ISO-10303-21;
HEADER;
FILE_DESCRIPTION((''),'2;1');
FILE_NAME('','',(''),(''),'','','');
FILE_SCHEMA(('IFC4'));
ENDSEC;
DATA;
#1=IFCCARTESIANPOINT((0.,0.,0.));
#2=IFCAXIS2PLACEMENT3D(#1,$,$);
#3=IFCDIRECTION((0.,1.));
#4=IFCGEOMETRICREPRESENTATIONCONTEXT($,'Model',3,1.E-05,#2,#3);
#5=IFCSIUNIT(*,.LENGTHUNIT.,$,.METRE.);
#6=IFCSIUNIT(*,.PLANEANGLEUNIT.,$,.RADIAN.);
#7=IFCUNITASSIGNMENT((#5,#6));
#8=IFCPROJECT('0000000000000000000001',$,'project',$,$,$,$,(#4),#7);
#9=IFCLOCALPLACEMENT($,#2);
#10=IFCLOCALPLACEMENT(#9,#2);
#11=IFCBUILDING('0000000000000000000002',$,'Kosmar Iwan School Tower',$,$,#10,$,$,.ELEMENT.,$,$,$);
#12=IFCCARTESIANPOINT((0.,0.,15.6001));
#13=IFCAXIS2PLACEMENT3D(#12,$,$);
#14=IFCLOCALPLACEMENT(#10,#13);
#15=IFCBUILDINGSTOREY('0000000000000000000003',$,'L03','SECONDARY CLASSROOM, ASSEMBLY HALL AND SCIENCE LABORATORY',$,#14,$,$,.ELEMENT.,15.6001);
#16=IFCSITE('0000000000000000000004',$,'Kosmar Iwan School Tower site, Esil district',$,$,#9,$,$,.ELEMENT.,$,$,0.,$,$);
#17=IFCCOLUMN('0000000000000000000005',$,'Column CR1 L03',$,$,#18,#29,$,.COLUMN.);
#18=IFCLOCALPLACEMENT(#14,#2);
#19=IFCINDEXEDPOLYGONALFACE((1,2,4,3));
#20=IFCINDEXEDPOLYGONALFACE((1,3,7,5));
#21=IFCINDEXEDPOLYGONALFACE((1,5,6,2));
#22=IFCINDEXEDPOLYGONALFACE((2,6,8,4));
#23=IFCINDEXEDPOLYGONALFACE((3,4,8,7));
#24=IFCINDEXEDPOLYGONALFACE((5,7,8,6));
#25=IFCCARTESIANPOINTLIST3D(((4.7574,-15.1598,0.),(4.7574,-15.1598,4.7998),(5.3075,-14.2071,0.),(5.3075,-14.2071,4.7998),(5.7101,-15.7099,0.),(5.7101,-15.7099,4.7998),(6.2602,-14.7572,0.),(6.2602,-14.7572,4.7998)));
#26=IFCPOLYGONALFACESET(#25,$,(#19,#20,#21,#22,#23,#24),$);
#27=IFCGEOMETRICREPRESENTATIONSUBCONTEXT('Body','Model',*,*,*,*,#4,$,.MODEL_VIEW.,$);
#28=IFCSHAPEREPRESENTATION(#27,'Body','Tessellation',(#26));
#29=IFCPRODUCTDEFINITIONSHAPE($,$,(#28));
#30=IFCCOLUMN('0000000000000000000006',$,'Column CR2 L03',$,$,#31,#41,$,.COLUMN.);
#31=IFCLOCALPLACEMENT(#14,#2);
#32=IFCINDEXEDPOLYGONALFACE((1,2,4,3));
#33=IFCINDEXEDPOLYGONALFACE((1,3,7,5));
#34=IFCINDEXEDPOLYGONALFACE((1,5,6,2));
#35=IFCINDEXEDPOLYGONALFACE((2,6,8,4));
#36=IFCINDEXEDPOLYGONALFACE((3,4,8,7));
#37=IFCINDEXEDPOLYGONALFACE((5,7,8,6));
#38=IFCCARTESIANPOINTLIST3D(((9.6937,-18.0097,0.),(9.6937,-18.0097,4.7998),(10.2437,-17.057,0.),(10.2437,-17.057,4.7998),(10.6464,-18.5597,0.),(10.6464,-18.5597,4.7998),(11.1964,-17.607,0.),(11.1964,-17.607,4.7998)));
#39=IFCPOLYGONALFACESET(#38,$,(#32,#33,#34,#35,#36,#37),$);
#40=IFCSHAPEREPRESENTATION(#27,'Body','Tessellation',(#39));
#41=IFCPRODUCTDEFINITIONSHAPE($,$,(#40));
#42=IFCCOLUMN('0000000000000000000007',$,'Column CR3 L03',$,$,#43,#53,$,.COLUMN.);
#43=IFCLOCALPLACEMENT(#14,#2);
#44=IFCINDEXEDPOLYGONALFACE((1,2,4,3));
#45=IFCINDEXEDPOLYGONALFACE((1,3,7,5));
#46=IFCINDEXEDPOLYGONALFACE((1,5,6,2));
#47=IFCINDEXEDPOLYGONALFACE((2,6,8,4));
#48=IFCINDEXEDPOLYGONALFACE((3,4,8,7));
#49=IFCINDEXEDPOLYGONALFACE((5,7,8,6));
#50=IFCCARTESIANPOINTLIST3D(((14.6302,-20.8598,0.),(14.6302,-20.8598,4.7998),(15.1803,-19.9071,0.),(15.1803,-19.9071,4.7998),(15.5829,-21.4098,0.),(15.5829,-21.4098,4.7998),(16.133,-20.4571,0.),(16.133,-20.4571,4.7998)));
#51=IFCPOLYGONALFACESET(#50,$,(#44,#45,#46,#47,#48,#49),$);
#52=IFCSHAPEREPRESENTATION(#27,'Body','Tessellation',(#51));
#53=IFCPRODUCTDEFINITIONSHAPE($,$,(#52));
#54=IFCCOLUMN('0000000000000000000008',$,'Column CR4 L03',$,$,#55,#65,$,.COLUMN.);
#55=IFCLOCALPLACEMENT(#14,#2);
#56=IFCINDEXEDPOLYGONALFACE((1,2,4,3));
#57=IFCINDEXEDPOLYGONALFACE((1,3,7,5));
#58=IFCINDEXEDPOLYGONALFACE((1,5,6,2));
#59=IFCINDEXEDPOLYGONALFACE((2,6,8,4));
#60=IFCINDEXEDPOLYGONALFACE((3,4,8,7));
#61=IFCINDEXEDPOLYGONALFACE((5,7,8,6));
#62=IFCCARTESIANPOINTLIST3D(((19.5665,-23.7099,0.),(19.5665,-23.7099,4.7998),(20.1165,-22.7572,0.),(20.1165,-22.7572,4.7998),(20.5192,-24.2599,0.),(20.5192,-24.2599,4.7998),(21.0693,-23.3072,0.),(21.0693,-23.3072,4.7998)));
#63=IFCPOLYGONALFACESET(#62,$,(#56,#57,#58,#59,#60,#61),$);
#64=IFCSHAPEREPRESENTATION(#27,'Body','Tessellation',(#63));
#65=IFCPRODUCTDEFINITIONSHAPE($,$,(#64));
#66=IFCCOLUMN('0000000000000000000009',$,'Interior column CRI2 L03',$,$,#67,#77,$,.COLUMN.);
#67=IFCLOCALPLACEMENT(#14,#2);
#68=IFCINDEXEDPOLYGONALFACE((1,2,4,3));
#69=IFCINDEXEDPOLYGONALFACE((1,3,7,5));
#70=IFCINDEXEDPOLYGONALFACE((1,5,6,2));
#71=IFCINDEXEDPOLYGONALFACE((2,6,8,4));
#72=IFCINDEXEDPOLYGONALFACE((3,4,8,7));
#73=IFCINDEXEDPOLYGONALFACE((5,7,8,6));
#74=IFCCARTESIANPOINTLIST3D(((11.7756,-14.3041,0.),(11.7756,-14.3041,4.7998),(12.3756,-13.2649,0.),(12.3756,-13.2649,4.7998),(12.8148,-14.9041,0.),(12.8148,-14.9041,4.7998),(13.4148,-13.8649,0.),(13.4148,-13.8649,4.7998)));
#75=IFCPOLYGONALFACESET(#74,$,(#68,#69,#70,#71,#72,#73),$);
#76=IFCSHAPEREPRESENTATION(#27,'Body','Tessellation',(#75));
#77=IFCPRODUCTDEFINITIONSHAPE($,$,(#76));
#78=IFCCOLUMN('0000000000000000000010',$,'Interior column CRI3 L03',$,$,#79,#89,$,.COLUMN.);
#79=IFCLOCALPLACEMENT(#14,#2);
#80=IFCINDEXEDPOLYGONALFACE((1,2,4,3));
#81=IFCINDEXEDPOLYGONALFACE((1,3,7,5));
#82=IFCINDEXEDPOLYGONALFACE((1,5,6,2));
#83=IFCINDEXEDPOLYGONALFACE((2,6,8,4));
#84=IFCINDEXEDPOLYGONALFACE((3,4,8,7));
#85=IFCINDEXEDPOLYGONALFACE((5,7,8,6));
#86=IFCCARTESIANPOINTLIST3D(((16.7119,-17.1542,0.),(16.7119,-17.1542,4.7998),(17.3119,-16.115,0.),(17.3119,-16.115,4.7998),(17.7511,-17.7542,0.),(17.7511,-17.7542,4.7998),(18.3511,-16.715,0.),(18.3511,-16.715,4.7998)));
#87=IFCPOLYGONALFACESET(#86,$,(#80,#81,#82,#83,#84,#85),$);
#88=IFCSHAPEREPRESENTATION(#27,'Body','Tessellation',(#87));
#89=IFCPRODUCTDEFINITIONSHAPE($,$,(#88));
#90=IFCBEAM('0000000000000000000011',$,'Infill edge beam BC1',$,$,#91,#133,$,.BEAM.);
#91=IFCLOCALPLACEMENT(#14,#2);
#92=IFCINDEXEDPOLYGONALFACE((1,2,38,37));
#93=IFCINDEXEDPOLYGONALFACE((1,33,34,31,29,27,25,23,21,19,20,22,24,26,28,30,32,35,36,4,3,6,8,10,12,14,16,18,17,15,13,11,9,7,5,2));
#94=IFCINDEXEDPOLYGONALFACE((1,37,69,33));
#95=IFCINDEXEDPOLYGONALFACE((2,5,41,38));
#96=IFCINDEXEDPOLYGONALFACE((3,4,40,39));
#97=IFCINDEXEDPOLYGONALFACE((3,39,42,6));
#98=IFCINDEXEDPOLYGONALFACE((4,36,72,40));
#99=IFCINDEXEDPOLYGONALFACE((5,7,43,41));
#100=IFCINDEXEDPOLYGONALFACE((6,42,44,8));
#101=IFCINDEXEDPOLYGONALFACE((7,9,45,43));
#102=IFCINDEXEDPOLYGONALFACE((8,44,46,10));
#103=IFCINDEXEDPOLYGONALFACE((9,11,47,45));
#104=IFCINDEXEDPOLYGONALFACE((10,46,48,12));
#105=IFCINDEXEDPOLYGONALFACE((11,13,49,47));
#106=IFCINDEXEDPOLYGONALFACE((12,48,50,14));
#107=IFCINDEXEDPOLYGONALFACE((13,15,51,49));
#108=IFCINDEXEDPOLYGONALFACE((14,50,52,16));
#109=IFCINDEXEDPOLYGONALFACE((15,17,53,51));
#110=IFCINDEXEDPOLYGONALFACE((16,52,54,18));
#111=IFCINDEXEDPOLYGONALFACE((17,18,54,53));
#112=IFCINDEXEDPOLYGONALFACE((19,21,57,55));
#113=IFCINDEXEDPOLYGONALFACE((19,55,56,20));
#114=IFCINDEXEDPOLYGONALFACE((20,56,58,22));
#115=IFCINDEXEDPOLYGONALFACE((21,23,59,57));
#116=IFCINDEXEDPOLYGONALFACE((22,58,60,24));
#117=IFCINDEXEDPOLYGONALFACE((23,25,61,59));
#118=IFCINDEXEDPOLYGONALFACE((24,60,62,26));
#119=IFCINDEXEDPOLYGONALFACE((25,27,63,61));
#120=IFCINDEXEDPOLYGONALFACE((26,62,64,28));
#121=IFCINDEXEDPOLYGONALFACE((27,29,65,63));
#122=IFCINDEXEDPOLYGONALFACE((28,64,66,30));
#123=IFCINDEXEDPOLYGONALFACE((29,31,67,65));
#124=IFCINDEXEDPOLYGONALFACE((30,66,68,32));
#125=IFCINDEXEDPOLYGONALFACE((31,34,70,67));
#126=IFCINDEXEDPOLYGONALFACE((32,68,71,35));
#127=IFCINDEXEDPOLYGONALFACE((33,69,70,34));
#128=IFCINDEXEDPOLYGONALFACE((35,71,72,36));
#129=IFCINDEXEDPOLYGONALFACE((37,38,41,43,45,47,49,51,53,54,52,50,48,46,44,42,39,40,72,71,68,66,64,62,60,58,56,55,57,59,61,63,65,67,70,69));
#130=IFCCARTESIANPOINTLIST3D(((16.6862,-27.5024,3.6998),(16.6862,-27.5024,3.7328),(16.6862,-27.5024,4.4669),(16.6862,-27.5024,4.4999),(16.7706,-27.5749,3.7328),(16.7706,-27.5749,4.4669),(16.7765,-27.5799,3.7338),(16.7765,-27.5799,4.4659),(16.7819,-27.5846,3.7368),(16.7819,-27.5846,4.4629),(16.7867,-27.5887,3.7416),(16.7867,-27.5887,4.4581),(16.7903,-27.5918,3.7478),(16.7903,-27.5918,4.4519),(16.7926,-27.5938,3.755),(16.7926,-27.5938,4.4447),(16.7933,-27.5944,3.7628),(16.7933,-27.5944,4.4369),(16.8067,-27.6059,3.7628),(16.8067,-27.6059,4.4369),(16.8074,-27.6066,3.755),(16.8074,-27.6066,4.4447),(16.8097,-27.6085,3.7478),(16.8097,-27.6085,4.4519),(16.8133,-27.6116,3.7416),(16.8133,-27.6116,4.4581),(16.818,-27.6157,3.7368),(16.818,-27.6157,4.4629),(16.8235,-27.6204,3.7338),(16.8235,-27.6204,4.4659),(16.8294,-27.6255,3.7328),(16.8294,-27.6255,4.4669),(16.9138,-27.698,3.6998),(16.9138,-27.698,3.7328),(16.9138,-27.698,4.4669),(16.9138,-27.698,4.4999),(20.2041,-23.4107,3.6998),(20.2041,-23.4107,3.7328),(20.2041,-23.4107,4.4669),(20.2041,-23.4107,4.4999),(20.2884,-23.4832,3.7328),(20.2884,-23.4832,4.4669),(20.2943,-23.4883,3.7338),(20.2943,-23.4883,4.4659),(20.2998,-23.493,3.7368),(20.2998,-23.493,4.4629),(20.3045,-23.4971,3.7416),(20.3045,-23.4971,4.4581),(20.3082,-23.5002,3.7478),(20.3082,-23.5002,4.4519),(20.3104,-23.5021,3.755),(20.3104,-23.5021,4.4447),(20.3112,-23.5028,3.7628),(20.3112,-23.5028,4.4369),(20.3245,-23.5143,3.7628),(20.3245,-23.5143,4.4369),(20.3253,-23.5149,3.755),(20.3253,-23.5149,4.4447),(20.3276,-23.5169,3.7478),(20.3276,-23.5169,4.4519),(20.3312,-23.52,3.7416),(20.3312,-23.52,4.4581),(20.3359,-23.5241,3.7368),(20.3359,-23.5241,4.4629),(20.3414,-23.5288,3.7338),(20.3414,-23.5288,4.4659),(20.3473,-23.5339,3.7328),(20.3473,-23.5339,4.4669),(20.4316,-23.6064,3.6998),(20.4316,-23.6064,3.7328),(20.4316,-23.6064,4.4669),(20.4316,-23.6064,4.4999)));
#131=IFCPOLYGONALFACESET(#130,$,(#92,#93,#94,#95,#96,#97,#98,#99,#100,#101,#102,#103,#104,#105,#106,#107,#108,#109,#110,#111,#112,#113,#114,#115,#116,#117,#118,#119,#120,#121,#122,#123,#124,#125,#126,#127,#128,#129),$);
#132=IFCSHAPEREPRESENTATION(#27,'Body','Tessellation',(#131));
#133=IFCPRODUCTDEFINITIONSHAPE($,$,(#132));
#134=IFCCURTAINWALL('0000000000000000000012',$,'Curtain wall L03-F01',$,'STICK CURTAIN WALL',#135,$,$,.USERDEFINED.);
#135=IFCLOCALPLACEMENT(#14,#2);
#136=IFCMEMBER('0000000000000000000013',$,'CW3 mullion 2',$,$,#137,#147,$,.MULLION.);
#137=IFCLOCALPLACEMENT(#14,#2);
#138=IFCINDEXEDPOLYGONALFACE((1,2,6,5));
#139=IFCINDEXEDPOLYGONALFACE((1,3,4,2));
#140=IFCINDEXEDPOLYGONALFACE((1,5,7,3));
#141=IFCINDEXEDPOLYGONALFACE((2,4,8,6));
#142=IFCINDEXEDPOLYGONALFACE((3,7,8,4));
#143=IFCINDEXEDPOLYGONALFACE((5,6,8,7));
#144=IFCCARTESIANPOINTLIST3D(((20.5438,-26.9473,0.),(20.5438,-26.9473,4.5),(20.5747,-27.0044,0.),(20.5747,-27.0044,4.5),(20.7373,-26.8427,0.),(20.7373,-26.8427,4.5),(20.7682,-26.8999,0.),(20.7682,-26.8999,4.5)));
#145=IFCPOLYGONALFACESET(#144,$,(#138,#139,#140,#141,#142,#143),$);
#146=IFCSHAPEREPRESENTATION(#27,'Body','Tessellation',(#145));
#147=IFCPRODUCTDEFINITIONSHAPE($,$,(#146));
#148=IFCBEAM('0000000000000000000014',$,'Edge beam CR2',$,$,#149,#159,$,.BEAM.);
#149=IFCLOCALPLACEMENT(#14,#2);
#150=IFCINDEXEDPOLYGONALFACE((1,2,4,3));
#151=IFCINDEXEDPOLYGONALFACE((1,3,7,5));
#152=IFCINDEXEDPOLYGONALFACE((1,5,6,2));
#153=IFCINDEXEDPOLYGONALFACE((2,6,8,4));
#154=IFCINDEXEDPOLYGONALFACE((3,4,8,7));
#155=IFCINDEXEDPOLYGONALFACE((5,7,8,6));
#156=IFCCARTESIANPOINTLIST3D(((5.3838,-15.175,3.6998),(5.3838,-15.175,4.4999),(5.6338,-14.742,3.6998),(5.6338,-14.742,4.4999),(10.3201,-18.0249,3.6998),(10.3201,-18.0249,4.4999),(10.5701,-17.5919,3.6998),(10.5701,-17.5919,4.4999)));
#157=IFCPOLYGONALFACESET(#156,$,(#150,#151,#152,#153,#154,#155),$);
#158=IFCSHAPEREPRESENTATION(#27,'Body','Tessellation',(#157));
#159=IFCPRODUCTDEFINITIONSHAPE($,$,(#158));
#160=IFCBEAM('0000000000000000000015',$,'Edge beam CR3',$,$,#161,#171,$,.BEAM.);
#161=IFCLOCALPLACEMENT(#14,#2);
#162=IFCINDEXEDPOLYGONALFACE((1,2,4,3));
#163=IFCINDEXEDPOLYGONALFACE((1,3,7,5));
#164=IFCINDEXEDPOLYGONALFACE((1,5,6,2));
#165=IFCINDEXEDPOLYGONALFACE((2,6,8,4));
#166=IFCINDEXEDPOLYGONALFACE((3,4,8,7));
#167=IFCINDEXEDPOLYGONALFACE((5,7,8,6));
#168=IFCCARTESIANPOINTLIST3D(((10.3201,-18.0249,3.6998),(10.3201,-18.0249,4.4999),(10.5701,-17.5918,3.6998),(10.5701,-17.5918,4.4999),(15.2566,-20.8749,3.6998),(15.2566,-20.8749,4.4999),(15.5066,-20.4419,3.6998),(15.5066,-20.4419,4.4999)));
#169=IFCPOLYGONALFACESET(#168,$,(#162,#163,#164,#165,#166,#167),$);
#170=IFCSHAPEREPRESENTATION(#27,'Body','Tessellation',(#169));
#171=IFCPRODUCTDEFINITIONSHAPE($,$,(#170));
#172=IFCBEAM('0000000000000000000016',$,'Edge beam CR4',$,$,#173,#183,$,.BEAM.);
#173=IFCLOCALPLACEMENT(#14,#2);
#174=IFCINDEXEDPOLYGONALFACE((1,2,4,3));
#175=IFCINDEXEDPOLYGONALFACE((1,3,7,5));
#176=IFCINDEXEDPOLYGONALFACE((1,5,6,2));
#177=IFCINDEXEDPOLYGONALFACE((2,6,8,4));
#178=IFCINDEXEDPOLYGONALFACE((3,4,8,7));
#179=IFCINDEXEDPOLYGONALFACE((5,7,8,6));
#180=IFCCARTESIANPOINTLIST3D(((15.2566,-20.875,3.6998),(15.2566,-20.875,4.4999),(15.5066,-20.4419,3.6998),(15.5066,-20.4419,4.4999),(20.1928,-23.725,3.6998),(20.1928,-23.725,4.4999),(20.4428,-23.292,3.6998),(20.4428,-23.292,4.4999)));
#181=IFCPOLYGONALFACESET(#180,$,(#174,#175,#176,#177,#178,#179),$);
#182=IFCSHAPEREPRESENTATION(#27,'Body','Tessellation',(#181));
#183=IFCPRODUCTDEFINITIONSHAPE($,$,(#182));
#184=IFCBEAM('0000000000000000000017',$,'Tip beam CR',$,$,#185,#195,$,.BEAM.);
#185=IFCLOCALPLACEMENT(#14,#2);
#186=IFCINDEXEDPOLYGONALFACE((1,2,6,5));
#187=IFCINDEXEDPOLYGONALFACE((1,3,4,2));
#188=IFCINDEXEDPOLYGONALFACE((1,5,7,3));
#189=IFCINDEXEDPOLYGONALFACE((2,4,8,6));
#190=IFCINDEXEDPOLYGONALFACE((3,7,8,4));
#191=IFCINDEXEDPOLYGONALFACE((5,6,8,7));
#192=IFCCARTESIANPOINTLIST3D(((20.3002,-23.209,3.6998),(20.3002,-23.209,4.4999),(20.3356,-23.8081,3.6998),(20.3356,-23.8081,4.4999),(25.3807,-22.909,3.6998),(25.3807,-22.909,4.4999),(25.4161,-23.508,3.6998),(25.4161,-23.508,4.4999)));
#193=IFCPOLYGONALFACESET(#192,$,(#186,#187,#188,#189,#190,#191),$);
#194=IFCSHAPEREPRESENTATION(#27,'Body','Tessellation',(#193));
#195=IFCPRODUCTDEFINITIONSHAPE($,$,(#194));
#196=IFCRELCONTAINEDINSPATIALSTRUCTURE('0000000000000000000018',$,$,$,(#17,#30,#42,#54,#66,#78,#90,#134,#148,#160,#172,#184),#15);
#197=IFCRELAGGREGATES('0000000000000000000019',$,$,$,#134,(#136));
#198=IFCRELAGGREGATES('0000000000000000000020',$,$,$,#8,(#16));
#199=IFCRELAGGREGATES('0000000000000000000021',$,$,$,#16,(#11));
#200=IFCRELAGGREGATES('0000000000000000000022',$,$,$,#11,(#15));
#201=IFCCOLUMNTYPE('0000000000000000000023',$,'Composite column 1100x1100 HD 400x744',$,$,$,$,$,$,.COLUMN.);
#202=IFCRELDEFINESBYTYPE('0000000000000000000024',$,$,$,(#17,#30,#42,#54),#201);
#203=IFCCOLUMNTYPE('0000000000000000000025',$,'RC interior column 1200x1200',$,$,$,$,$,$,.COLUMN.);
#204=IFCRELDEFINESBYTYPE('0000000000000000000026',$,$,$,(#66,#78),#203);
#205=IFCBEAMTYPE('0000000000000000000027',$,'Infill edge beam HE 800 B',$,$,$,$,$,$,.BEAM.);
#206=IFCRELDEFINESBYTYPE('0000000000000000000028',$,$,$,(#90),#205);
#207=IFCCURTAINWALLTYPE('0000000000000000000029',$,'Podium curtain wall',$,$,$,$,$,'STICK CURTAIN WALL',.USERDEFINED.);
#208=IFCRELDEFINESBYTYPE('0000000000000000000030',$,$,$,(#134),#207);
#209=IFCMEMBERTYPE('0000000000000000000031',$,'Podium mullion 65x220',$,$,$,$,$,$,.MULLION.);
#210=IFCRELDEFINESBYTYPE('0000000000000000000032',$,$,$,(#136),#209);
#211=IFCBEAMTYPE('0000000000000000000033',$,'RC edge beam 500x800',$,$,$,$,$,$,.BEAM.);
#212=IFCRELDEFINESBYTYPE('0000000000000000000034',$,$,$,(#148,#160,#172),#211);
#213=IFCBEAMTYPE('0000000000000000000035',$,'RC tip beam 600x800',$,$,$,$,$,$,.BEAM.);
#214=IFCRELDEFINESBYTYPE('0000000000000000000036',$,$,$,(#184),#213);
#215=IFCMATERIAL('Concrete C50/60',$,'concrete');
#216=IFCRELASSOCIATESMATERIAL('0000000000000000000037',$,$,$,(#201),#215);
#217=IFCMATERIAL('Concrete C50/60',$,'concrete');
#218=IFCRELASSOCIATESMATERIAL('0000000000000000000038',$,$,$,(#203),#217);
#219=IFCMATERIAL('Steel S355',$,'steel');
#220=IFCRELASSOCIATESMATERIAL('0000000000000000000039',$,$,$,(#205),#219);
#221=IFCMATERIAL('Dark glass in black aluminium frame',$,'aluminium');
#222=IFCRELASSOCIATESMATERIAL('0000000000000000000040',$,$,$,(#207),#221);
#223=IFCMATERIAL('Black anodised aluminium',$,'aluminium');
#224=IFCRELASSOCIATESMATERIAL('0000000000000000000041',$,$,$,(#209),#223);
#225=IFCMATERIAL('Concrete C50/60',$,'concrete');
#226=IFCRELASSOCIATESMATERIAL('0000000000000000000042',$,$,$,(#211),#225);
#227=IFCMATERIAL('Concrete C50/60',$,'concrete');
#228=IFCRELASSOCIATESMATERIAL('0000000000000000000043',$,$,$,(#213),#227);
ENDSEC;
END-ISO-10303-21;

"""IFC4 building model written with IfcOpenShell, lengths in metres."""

from ifc_helpers import new_model, si_unit, direction, frame, origin, origin_2d, place, context, subcontext, project, spatial, rectangle, i_section, extrude, material, material_profile, profile_set, type_object, element, aggregate, save


model = new_model("IFC4")

# Units and contexts
model_context = context("Model", 3, precision=1e-05, world=origin(), true_north=direction((0.0, 1.0)))
body_context = subcontext(model_context, "Body", "Model", "MODEL_VIEW")
ifc_project = project(units=[si_unit("LENGTHUNIT", "METRE"), si_unit("PLANEANGLEUNIT", "RADIAN")], contexts=[model_context])

# Site, building, storey
site_placement = place(None, origin())
site = spatial("IfcSite", under=ifc_project, at=site_placement, Name="Kosmar Iwan School Tower site, Esil district", CompositionType="ELEMENT", RefElevation=0.0)
building_placement = place(site_placement, origin())
building = spatial("IfcBuilding", under=site, at=building_placement, Name="Kosmar Iwan School Tower", CompositionType="ELEMENT")
storey_placement = place(building_placement, frame((0.0, 0.0, 15.6001)))
storey = spatial("IfcBuildingStorey", under=building, at=storey_placement, Name="L03", Description="SECONDARY CLASSROOM, ASSEMBLY HALL AND SCIENCE LABORATORY", CompositionType="ELEMENT", Elevation=15.6001)

# Columns
ifc_material_1 = material(Name="Concrete C50/60", Category="concrete")
ifc_material_profile_1 = material_profile(ifc_material_1, rectangle(XDim=1.1001, YDim=1.1001, at=origin_2d()), Name="RC 1100x1100 + HD 400x744")
ifc_profile_set_1 = profile_set([ifc_material_profile_1], Name="Concrete C50/60")
column_type_1 = type_object("IfcColumnType", Name="Composite column 1100x1100 HD 400x744", PredefinedType="COLUMN", material=ifc_profile_set_1)
for number, where, z_axis, x_axis, name in (
    (1, (5.5088, -14.9585, 0.0), (0.0, 0.0, 1.0), (0.866025, -0.5, 0.0), "Column CR1 L03"),
    (2, (10.4451, -17.8083, 0.0), (0.0, 0.0, 1.0), (0.866025, -0.5, 0.0), "Column CR2 L03"),
    (3, (15.3816, -20.6584, 0.0), (0.0, 0.0, 1.0), (0.866025, -0.5, 0.0), "Column CR3 L03"),
    (4, (20.3179, -23.5085, 0.0), (0.0, 0.0, 1.0), (0.866025, -0.5, 0.0), "Column CR4 L03"),
):
    element("IfcColumn", number, at=place(storey_placement, frame(where, z_axis=z_axis, x_axis=x_axis)), inside=storey, type_object=column_type_1, Name=name, PredefinedType="COLUMN", context=body_context, shape_type="SweptSolid", body=[
        extrude(rectangle(XDim=1.1001, YDim=1.1001, at=origin_2d()), origin(), (0.0, 0.0, 1.0), 4.7998),
    ])
ifc_material_2 = material(Name="Concrete C50/60", Category="concrete")
ifc_material_profile_2 = material_profile(ifc_material_2, rectangle(XDim=1.2, YDim=1.2, at=origin_2d()), Name="RC 1200x1200")
ifc_profile_set_2 = profile_set([ifc_material_profile_2], Name="Concrete C50/60")
column_type_2 = type_object("IfcColumnType", Name="RC interior column 1200x1200", PredefinedType="COLUMN", material=ifc_profile_set_2)
for number, where, z_axis, x_axis, name in (
    (5, (12.5952, -14.0845, 0.0), (0.0, 0.0, 1.0), (0.866025, -0.5, 0.0), "Interior column CRI2 L03"),
    (6, (17.5315, -16.9346, 0.0), (0.0, 0.0, 1.0), (0.866025, -0.5, 0.0), "Interior column CRI3 L03"),
):
    element("IfcColumn", number, at=place(storey_placement, frame(where, z_axis=z_axis, x_axis=x_axis)), inside=storey, type_object=column_type_2, Name=name, PredefinedType="COLUMN", context=body_context, shape_type="SweptSolid", body=[
        extrude(rectangle(XDim=1.2, YDim=1.2, at=origin_2d()), origin(), (0.0, 0.0, 1.0), 4.7998),
    ])

# Beam
ifc_material_3 = material(Name="Steel S355", Category="steel")
ifc_material_profile_3 = material_profile(ifc_material_3, i_section(OverallWidth=0.3, OverallDepth=0.8, WebThickness=0.0176, FlangeThickness=0.033, FilletRadius=0.03, at=origin_2d()), Name="HE 800 B")
ifc_profile_set_3 = profile_set([ifc_material_profile_3], Name="Steel S355")
beam_type_1 = type_object("IfcBeamType", Name="Infill edge beam HE 800 B", PredefinedType="BEAM", material=ifc_profile_set_3)
beam_1_placement = place(storey_placement, frame((20.3179, -23.5085, 4.0999), z_axis=(-0.651942, -0.758269, 0.0), x_axis=(0.758269, -0.651942, 0.0)))
element("IfcBeam", 7, at=beam_1_placement, inside=storey, type_object=beam_type_1, Name="Infill edge beam BC1", PredefinedType="BEAM", context=body_context, shape_type="SweptSolid", body=[
    extrude(i_section(OverallWidth=0.3, OverallDepth=0.8, WebThickness=0.0176, FlangeThickness=0.033, FilletRadius=0.03, at=origin_2d()), origin(), (0.0, 0.0, 1.0), 5.396),
])

# Curtain wall, member
ifc_material_4 = material(Name="Dark glass in black aluminium frame", Category="aluminium")
curtain_wall_type = type_object("IfcCurtainWallType", Name="Podium curtain wall", ElementType="STICK CURTAIN WALL", PredefinedType="USERDEFINED", material=ifc_material_4)
curtain_wall_placement = place(storey_placement, origin())
curtain_wall = element("IfcCurtainWall", 8, at=curtain_wall_placement, inside=storey, type_object=curtain_wall_type, Name="Curtain wall L03-F01", ObjectType="STICK CURTAIN WALL", PredefinedType="USERDEFINED")
ifc_material_5 = material(Name="Black anodised aluminium", Category="aluminium")
ifc_material_profile_4 = material_profile(ifc_material_5, rectangle(XDim=0.0649, YDim=0.22, at=origin_2d()), Name="MULLION 65x220")
ifc_profile_set_4 = profile_set([ifc_material_profile_4], Name="Black anodised aluminium")
member_type_1 = type_object("IfcMemberType", Name="Podium mullion 65x220", PredefinedType="MULLION", material=ifc_profile_set_4)
member_1_placement = place(storey_placement, frame((20.656, -26.9236, 0.0), z_axis=(0.0, 0.0, 1.0), x_axis=(-0.475215, 0.879869, 0.0)))
member_1 = element("IfcMember", 9, at=member_1_placement, type_object=member_type_1, Name="CW3 mullion 2", PredefinedType="MULLION", context=body_context, shape_type="SweptSolid", body=[
    extrude(rectangle(XDim=0.0649, YDim=0.22, at=origin_2d()), origin(), (0.0, 0.0, 1.0), 4.5),
])

# Beams
ifc_material_6 = material(Name="Concrete C50/60", Category="concrete")
ifc_material_profile_5 = material_profile(ifc_material_6, rectangle(XDim=0.5, YDim=0.8, at=origin_2d()), Name="RC 500x800")
ifc_profile_set_5 = profile_set([ifc_material_profile_5], Name="Concrete C50/60")
beam_type_2 = type_object("IfcBeamType", Name="RC edge beam 500x800", PredefinedType="BEAM", material=ifc_profile_set_5)
beam_2_placement = place(storey_placement, frame((5.5088, -14.9585, 4.0999), z_axis=(0.866034, -0.499986, 0.0), x_axis=(0.499986, 0.866034, 0.0)))
element("IfcBeam", 10, at=beam_2_placement, inside=storey, type_object=beam_type_2, Name="Edge beam CR2", PredefinedType="BEAM", context=body_context, shape_type="SweptSolid", body=[
    extrude(rectangle(XDim=0.5, YDim=0.8, at=origin_2d()), origin(), (0.0, 0.0, 1.0), 5.7),
])
beam_3_placement = place(storey_placement, frame((10.4451, -17.8083, 4.0999), z_axis=(0.866026, -0.499999, 0.0), x_axis=(0.499999, 0.866026, 0.0)))
element("IfcBeam", 11, at=beam_3_placement, inside=storey, type_object=beam_type_2, Name="Edge beam CR3", PredefinedType="BEAM", context=body_context, shape_type="SweptSolid", body=[
    extrude(rectangle(XDim=0.5, YDim=0.8, at=origin_2d()), origin(), (0.0, 0.0, 1.0), 5.7002),
])
beam_4_placement = place(storey_placement, frame((15.3816, -20.6584, 4.0999), z_axis=(0.866015, -0.500018, 0.0), x_axis=(0.500018, 0.866015, 0.0)))
element("IfcBeam", 12, at=beam_4_placement, inside=storey, type_object=beam_type_2, Name="Edge beam CR4", PredefinedType="BEAM", context=body_context, shape_type="SweptSolid", body=[
    extrude(rectangle(XDim=0.5, YDim=0.8, at=origin_2d()), origin(), (0.0, 0.0, 1.0), 5.7),
])
ifc_material_7 = material(Name="Concrete C50/60", Category="concrete")
ifc_material_profile_6 = material_profile(ifc_material_7, rectangle(XDim=0.6001, YDim=0.8, at=origin_2d()), Name="RC 600x800")
ifc_profile_set_6 = profile_set([ifc_material_profile_6], Name="Concrete C50/60")
beam_type_3 = type_object("IfcBeamType", Name="RC tip beam 600x800", PredefinedType="BEAM", material=ifc_profile_set_6)
beam_5_placement = place(storey_placement, frame((20.3179, -23.5085, 4.0999), z_axis=(0.998261, 0.058955, 0.0), x_axis=(-0.058955, 0.998261, 0.0)))
element("IfcBeam", 13, at=beam_5_placement, inside=storey, type_object=beam_type_3, Name="Tip beam CR", PredefinedType="BEAM", context=body_context, shape_type="SweptSolid", body=[
    extrude(rectangle(XDim=0.6001, YDim=0.8, at=origin_2d()), origin(), (0.0, 0.0, 1.0), 5.0894),
])

aggregate(curtain_wall, [member_1])

save(model, "model.ifc")
